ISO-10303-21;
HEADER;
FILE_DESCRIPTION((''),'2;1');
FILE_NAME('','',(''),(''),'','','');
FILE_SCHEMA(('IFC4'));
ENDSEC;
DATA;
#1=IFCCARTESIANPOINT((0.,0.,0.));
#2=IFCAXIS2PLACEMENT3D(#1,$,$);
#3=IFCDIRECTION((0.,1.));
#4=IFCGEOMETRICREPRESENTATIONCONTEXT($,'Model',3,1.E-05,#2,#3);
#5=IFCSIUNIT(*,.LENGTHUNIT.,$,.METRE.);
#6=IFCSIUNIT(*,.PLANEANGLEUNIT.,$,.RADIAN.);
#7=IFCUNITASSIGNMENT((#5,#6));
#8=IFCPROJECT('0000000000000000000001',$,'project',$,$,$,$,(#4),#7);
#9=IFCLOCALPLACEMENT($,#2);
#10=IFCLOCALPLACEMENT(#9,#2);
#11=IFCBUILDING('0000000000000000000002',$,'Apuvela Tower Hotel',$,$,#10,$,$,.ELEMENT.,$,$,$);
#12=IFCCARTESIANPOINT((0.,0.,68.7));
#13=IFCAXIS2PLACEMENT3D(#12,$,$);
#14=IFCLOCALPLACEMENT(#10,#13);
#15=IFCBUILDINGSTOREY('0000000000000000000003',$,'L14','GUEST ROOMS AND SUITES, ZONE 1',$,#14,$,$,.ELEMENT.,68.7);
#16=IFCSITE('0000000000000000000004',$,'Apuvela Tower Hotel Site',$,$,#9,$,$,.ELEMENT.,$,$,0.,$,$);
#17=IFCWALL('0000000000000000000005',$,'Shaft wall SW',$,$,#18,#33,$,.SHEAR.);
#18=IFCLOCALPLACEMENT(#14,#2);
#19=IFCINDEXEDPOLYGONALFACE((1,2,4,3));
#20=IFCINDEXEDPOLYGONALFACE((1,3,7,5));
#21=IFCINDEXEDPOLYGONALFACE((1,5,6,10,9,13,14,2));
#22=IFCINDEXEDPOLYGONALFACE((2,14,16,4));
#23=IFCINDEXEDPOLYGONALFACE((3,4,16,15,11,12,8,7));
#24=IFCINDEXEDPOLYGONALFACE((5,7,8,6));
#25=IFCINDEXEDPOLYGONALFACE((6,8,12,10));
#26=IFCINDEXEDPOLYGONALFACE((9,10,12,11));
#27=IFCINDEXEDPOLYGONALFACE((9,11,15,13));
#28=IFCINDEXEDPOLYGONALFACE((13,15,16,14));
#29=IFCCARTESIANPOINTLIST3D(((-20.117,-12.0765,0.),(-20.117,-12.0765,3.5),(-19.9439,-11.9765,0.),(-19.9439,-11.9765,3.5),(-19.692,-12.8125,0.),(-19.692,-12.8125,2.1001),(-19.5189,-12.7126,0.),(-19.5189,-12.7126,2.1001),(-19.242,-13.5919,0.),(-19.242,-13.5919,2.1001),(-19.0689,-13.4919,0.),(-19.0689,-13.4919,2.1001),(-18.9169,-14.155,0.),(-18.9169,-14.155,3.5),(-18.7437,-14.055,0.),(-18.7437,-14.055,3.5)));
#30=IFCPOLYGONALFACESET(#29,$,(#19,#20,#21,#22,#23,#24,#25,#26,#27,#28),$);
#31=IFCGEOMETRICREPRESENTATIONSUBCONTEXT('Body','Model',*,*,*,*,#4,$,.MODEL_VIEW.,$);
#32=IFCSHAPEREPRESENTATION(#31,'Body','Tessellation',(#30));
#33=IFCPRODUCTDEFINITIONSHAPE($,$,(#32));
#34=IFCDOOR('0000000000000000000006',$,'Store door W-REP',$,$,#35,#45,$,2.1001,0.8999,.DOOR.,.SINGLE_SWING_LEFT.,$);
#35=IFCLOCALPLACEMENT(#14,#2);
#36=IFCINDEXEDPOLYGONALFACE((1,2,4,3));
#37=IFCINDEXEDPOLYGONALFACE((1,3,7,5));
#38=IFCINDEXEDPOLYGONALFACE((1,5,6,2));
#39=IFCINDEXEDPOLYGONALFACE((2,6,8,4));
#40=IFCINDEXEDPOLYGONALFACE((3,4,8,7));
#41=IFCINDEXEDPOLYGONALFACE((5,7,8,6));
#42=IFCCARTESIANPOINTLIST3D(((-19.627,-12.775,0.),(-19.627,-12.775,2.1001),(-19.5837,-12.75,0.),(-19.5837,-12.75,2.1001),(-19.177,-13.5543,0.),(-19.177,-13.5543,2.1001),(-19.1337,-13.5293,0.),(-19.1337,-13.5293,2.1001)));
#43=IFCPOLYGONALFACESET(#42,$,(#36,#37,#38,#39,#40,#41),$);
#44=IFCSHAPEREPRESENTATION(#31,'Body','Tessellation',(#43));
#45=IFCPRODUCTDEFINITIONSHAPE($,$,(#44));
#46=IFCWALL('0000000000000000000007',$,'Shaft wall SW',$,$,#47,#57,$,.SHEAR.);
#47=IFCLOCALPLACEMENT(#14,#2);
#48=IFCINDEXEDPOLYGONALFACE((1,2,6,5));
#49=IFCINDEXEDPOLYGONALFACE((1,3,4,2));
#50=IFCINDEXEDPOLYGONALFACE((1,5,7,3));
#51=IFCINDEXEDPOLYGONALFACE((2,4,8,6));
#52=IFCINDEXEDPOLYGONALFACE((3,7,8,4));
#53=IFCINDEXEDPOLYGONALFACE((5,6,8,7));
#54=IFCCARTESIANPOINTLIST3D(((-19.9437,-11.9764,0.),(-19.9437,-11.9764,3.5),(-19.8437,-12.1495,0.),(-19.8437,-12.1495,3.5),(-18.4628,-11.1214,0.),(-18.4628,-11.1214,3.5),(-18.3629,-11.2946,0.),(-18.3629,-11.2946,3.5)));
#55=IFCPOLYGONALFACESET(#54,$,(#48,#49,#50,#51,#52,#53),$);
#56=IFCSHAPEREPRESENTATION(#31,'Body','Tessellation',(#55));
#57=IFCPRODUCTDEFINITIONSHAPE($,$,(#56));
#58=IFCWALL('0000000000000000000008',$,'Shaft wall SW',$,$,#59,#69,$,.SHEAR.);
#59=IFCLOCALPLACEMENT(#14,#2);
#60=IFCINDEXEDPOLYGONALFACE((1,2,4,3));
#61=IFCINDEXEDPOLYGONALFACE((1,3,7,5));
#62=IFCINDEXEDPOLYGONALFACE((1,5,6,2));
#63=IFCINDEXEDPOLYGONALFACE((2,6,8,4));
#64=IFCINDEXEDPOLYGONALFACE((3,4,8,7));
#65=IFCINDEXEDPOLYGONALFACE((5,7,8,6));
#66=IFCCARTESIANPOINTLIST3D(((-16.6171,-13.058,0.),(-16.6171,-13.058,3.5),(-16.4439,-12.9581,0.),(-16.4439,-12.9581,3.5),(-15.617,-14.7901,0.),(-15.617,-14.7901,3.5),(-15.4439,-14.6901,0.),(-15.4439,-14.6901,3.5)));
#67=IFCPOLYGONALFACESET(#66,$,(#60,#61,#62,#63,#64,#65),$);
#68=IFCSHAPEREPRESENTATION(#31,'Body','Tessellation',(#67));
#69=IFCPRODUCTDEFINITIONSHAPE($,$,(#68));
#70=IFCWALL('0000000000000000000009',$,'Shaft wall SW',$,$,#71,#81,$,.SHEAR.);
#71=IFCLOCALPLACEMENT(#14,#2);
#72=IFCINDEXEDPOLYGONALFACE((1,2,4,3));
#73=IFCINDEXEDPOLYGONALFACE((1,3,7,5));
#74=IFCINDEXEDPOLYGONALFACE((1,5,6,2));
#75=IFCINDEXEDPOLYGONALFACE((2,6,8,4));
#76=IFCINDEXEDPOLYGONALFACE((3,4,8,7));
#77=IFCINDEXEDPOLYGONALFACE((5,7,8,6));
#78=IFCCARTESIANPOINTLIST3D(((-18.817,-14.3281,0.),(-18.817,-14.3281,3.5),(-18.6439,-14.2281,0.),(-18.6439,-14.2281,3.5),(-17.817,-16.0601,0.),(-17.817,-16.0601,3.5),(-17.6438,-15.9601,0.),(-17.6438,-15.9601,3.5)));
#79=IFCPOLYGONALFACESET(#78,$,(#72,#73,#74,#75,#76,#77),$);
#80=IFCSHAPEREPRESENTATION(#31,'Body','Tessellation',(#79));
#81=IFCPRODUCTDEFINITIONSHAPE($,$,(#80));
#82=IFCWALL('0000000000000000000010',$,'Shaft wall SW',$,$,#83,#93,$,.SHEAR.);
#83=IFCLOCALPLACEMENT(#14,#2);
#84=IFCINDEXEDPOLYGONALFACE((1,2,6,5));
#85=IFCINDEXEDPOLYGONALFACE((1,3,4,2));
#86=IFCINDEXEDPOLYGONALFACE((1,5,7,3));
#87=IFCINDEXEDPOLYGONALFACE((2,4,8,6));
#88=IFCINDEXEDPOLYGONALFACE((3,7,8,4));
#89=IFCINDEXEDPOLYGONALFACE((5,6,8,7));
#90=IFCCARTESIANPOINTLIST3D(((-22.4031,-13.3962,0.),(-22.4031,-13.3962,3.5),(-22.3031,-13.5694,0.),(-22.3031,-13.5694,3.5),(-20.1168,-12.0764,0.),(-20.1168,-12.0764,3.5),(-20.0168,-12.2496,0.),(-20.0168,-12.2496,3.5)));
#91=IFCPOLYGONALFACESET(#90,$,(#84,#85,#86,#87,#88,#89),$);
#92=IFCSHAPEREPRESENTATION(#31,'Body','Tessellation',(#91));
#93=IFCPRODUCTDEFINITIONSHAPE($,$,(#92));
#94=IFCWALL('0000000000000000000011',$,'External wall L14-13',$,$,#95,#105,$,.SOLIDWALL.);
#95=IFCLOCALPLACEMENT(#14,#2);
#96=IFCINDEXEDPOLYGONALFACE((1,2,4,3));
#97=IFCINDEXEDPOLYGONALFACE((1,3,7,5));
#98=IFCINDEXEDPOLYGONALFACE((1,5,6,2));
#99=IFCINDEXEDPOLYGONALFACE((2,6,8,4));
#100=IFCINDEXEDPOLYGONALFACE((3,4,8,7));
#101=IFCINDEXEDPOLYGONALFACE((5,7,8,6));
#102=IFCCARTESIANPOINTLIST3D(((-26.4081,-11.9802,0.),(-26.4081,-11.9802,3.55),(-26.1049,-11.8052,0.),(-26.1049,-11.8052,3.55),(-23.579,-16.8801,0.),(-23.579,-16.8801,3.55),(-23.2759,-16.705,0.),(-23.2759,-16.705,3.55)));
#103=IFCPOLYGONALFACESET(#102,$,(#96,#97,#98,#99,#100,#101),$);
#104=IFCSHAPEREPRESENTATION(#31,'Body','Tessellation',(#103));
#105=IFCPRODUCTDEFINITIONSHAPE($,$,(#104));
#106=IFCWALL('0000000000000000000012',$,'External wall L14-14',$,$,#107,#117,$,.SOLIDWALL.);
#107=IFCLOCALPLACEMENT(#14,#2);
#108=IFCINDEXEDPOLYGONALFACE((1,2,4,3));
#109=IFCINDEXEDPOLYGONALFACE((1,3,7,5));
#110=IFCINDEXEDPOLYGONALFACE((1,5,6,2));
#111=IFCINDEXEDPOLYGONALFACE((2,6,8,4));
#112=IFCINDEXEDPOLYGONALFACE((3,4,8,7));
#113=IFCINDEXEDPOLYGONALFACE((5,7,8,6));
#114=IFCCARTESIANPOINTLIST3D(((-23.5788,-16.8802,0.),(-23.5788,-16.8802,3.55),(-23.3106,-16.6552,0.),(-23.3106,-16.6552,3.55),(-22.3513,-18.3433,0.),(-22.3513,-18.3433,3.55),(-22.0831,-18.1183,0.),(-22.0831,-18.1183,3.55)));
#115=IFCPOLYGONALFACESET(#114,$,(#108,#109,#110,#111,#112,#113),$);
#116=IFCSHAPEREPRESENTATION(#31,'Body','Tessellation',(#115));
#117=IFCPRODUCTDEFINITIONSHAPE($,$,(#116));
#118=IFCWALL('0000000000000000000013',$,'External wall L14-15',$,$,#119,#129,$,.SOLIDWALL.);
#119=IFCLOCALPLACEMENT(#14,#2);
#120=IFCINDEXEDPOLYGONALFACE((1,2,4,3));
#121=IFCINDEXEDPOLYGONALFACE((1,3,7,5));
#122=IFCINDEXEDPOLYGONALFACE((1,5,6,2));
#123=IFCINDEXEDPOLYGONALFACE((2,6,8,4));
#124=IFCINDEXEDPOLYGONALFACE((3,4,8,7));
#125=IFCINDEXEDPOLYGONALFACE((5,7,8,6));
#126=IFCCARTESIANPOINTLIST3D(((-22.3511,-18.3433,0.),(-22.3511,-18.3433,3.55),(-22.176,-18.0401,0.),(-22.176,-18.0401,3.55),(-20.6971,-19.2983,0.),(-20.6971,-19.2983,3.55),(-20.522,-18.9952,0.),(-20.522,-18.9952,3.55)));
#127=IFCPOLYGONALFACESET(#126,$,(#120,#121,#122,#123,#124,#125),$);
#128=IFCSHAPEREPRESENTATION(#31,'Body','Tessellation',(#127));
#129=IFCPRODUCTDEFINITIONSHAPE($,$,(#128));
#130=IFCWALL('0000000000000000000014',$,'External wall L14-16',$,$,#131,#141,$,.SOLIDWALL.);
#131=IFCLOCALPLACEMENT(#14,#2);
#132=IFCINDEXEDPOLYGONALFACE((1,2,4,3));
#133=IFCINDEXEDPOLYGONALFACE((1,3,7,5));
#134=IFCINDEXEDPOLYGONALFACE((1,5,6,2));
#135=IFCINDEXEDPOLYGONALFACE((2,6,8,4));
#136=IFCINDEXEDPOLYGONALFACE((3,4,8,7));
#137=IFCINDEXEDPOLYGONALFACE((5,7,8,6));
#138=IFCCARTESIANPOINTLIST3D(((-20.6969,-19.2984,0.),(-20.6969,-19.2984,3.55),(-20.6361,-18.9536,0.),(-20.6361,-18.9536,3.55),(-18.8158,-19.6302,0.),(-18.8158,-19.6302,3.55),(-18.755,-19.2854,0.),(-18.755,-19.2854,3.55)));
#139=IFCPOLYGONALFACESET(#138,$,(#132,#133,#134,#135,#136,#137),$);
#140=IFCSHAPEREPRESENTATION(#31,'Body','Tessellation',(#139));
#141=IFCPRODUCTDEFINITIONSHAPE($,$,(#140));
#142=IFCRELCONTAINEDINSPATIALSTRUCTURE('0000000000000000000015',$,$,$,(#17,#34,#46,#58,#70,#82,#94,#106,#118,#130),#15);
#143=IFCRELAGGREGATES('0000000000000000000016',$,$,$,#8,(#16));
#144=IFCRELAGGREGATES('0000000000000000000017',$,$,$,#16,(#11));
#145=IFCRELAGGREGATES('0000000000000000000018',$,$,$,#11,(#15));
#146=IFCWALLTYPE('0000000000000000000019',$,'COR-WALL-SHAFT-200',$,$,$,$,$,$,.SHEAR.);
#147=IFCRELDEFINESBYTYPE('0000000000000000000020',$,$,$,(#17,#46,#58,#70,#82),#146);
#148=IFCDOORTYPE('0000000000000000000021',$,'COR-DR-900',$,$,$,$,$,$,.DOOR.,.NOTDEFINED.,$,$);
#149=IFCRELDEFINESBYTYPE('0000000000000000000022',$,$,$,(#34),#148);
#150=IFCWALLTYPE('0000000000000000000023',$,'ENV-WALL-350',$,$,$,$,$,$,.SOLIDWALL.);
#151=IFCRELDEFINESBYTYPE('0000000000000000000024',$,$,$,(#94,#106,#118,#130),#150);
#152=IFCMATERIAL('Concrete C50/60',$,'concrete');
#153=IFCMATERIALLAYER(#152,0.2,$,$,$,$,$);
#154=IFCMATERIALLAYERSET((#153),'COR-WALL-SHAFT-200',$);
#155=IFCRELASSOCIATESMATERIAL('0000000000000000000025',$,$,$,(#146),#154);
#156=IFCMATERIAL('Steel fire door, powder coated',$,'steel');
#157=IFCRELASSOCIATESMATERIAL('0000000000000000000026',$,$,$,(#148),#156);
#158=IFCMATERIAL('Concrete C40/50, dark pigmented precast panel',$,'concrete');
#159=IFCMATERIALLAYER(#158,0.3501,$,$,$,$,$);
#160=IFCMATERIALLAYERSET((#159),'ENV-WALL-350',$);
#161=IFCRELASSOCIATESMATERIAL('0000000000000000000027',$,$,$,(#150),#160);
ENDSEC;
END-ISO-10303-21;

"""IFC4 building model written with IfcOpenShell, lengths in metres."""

from ifc_helpers import new_model, si_unit, direction, frame, frame_2d, origin, place, context, subcontext, project, spatial, rectangle, extrude, material, layer, layer_set, type_object, element, fill, save


model = new_model("IFC4")

# Units and contexts
model_context = context("Model", 3, precision=1e-05, world=origin(), true_north=direction((0.0, 1.0)))
body_context = subcontext(model_context, "Body", "Model", "MODEL_VIEW")
ifc_project = project(units=[si_unit("LENGTHUNIT", "METRE"), si_unit("PLANEANGLEUNIT", "RADIAN")], contexts=[model_context])

# Site, building, storey
site_placement = place(None, origin())
site = spatial("IfcSite", under=ifc_project, at=site_placement, Name="Apuvela Tower Hotel Site", CompositionType="ELEMENT", RefElevation=0.0)
building_placement = place(site_placement, origin())
building = spatial("IfcBuilding", under=site, at=building_placement, Name="Apuvela Tower Hotel", CompositionType="ELEMENT")
storey_placement = place(building_placement, frame((0.0, 0.0, 68.7)))
storey = spatial("IfcBuildingStorey", under=building, at=storey_placement, Name="L14", Description="GUEST ROOMS AND SUITES, ZONE 1", CompositionType="ELEMENT", Elevation=68.7)

# Wall, opening, door
ifc_material_1 = material(Name="Concrete C50/60", Category="concrete")
ifc_layer_1 = layer(ifc_material_1, 0.2)
ifc_layer_set_1 = layer_set([ifc_layer_1], Name="COR-WALL-SHAFT-200")
wall_type_1 = type_object("IfcWallType", Name="COR-WALL-SHAFT-200", PredefinedType="SHEAR", material=ifc_layer_set_1)
wall_1_placement = place(storey_placement, frame((-20.0305, -12.0264, 0.0), z_axis=(0.0, 0.0, 1.0), x_axis=(0.500034, -0.866006, 0.0)))
wall_1 = element("IfcWall", 1, at=wall_1_placement, inside=storey, type_object=wall_type_1, Name="Shaft wall SW", PredefinedType="SHEAR", context=body_context, shape_type="SweptSolid", body=[
    extrude(rectangle(XDim=2.4001, YDim=0.2, at=frame_2d((1.2002, 0.0))), origin(), (0.0, 0.0, 1.0), 3.5),
])
opening_1_placement = place(wall_1_placement, frame((0.8501, 0.0, 0.0)))
opening_1 = element("IfcOpeningElement", 2, at=opening_1_placement, cuts=wall_1, PredefinedType="OPENING", context=body_context, shape_type="SweptSolid", body=[
    extrude(rectangle(XDim=0.8999, YDim=2.1001, at=frame_2d((0.45, 1.05))), frame((0.0, 0.1099, 0.0), z_axis=(0.0, -1.0, 0.0), x_axis=(1.0, 0.0, 0.0)), (0.0, 0.0, 1.0), 0.22),
])
ifc_material_2 = material(Name="Steel fire door, powder coated", Category="steel")
door_type_1 = type_object("IfcDoorType", Name="COR-DR-900", OperationType="NOTDEFINED", PredefinedType="DOOR", material=ifc_material_2)
door_1_placement = place(opening_1_placement, frame((0.8999, 0.0, 0.0), z_axis=(0.0, 0.0, 1.0), x_axis=(-1.0, 0.0, 0.0)))
door_1 = element("IfcDoor", 3, at=door_1_placement, inside=storey, type_object=door_type_1, Name="Store door W-REP", OperationType="SINGLE_SWING_LEFT", OverallHeight=2.1001, OverallWidth=0.8999, PredefinedType="DOOR", context=body_context, shape_type="SweptSolid", body=[
    extrude(rectangle(XDim=0.8999, YDim=2.1001, at=frame_2d((0.45, 1.05))), frame((0.0, 0.0249, 0.0), z_axis=(0.0, -1.0, 0.0), x_axis=(1.0, 0.0, 0.0)), (0.0, 0.0, 1.0), 0.05),
])
fill(opening_1, door_1)

# Walls
wall_2_placement = place(storey_placement, frame((-18.4128, -11.208, 0.0), z_axis=(0.0, 0.0, 1.0), x_axis=(-0.866038, -0.499978, 0.0)))
element("IfcWall", 4, at=wall_2_placement, inside=storey, type_object=wall_type_1, Name="Shaft wall SW", PredefinedType="SHEAR", context=body_context, shape_type="SweptSolid", body=[
    extrude(rectangle(XDim=1.71, YDim=0.2, at=frame_2d((0.855, 0.0))), origin(), (0.0, 0.0, 1.0), 3.5),
])
for number, where, z_axis, x_axis, name in (
    (5, (-16.5305, -13.0081, 0.0), (0.0, 0.0, 1.0), (0.500025, -0.866011, 0.0), "Shaft wall SW"),
    (6, (-18.7305, -14.2781, 0.0), (0.0, 0.0, 1.0), (0.500025, -0.866011, 0.0), "Shaft wall SW"),
):
    element("IfcWall", number, at=place(storey_placement, frame(where, z_axis=z_axis, x_axis=x_axis)), inside=storey, type_object=wall_type_1, Name=name, PredefinedType="SHEAR", context=body_context, shape_type="SweptSolid", body=[
        extrude(rectangle(XDim=2.0, YDim=0.2, at=frame_2d((1.0, 0.0))), origin(), (0.0, 0.0, 1.0), 3.5),
    ])
wall_3_placement = place(storey_placement, frame((-20.0669, -12.1631, 0.0), z_axis=(0.0, 0.0, 1.0), x_axis=(-0.866061, -0.499939, 0.0)))
element("IfcWall", 7, at=wall_3_placement, inside=storey, type_object=wall_type_1, Name="Shaft wall SW", PredefinedType="SHEAR", context=body_context, shape_type="SweptSolid", body=[
    extrude(rectangle(XDim=2.6399, YDim=0.2, at=frame_2d((1.3198, 0.0))), origin(), (0.0, 0.0, 1.0), 3.5),
])
ifc_material_3 = material(Name="Concrete C40/50, dark pigmented precast panel", Category="concrete")
ifc_layer_2 = layer(ifc_material_3, 0.3501)
ifc_layer_set_2 = layer_set([ifc_layer_2], Name="ENV-WALL-350")
wall_type_2 = type_object("IfcWallType", Name="ENV-WALL-350", PredefinedType="SOLIDWALL", material=ifc_layer_set_2)
wall_4_placement = place(storey_placement, frame((-26.2566, -11.8926, 0.0), z_axis=(0.0, 0.0, 1.0), x_axis=(0.500019, -0.866015, 0.0)))
element("IfcWall", 8, at=wall_4_placement, inside=storey, type_object=wall_type_2, Name="External wall L14-13", PredefinedType="SOLIDWALL", context=body_context, shape_type="SweptSolid", body=[
    extrude(rectangle(XDim=5.658, YDim=0.3501, at=frame_2d((2.8291, 0.0))), origin(), (0.0, 0.0, 1.0), 3.55),
])
for number, where, z_axis, x_axis, name in (
    (9, (-23.4448, -16.7676, 0.0), (0.0, 0.0, 1.0), (0.642733, -0.76609, 0.0), "External wall L14-14"),
    (10, (-22.2637, -18.1917, 0.0), (0.0, 0.0, 1.0), (0.866, -0.500043, 0.0), "External wall L14-15"),
):
    element("IfcWall", number, at=place(storey_placement, frame(where, z_axis=z_axis, x_axis=x_axis)), inside=storey, type_object=wall_type_2, Name=name, PredefinedType="SOLIDWALL", context=body_context, shape_type="SweptSolid", body=[
        extrude(rectangle(XDim=1.9099, YDim=0.3501, at=frame_2d((0.9551, 0.0))), origin(), (0.0, 0.0, 1.0), 3.55),
    ])
wall_5_placement = place(storey_placement, frame((-20.6665, -19.126, 0.0), z_axis=(0.0, 0.0, 1.0), x_axis=(0.984799, -0.173698, 0.0)))
element("IfcWall", 11, at=wall_5_placement, inside=storey, type_object=wall_type_2, Name="External wall L14-16", PredefinedType="SOLIDWALL", context=body_context, shape_type="SweptSolid", body=[
    extrude(rectangle(XDim=1.9102, YDim=0.3501, at=frame_2d((0.9551, 0.0))), origin(), (0.0, 0.0, 1.0), 3.55),
])

save(model, "model.ifc")
